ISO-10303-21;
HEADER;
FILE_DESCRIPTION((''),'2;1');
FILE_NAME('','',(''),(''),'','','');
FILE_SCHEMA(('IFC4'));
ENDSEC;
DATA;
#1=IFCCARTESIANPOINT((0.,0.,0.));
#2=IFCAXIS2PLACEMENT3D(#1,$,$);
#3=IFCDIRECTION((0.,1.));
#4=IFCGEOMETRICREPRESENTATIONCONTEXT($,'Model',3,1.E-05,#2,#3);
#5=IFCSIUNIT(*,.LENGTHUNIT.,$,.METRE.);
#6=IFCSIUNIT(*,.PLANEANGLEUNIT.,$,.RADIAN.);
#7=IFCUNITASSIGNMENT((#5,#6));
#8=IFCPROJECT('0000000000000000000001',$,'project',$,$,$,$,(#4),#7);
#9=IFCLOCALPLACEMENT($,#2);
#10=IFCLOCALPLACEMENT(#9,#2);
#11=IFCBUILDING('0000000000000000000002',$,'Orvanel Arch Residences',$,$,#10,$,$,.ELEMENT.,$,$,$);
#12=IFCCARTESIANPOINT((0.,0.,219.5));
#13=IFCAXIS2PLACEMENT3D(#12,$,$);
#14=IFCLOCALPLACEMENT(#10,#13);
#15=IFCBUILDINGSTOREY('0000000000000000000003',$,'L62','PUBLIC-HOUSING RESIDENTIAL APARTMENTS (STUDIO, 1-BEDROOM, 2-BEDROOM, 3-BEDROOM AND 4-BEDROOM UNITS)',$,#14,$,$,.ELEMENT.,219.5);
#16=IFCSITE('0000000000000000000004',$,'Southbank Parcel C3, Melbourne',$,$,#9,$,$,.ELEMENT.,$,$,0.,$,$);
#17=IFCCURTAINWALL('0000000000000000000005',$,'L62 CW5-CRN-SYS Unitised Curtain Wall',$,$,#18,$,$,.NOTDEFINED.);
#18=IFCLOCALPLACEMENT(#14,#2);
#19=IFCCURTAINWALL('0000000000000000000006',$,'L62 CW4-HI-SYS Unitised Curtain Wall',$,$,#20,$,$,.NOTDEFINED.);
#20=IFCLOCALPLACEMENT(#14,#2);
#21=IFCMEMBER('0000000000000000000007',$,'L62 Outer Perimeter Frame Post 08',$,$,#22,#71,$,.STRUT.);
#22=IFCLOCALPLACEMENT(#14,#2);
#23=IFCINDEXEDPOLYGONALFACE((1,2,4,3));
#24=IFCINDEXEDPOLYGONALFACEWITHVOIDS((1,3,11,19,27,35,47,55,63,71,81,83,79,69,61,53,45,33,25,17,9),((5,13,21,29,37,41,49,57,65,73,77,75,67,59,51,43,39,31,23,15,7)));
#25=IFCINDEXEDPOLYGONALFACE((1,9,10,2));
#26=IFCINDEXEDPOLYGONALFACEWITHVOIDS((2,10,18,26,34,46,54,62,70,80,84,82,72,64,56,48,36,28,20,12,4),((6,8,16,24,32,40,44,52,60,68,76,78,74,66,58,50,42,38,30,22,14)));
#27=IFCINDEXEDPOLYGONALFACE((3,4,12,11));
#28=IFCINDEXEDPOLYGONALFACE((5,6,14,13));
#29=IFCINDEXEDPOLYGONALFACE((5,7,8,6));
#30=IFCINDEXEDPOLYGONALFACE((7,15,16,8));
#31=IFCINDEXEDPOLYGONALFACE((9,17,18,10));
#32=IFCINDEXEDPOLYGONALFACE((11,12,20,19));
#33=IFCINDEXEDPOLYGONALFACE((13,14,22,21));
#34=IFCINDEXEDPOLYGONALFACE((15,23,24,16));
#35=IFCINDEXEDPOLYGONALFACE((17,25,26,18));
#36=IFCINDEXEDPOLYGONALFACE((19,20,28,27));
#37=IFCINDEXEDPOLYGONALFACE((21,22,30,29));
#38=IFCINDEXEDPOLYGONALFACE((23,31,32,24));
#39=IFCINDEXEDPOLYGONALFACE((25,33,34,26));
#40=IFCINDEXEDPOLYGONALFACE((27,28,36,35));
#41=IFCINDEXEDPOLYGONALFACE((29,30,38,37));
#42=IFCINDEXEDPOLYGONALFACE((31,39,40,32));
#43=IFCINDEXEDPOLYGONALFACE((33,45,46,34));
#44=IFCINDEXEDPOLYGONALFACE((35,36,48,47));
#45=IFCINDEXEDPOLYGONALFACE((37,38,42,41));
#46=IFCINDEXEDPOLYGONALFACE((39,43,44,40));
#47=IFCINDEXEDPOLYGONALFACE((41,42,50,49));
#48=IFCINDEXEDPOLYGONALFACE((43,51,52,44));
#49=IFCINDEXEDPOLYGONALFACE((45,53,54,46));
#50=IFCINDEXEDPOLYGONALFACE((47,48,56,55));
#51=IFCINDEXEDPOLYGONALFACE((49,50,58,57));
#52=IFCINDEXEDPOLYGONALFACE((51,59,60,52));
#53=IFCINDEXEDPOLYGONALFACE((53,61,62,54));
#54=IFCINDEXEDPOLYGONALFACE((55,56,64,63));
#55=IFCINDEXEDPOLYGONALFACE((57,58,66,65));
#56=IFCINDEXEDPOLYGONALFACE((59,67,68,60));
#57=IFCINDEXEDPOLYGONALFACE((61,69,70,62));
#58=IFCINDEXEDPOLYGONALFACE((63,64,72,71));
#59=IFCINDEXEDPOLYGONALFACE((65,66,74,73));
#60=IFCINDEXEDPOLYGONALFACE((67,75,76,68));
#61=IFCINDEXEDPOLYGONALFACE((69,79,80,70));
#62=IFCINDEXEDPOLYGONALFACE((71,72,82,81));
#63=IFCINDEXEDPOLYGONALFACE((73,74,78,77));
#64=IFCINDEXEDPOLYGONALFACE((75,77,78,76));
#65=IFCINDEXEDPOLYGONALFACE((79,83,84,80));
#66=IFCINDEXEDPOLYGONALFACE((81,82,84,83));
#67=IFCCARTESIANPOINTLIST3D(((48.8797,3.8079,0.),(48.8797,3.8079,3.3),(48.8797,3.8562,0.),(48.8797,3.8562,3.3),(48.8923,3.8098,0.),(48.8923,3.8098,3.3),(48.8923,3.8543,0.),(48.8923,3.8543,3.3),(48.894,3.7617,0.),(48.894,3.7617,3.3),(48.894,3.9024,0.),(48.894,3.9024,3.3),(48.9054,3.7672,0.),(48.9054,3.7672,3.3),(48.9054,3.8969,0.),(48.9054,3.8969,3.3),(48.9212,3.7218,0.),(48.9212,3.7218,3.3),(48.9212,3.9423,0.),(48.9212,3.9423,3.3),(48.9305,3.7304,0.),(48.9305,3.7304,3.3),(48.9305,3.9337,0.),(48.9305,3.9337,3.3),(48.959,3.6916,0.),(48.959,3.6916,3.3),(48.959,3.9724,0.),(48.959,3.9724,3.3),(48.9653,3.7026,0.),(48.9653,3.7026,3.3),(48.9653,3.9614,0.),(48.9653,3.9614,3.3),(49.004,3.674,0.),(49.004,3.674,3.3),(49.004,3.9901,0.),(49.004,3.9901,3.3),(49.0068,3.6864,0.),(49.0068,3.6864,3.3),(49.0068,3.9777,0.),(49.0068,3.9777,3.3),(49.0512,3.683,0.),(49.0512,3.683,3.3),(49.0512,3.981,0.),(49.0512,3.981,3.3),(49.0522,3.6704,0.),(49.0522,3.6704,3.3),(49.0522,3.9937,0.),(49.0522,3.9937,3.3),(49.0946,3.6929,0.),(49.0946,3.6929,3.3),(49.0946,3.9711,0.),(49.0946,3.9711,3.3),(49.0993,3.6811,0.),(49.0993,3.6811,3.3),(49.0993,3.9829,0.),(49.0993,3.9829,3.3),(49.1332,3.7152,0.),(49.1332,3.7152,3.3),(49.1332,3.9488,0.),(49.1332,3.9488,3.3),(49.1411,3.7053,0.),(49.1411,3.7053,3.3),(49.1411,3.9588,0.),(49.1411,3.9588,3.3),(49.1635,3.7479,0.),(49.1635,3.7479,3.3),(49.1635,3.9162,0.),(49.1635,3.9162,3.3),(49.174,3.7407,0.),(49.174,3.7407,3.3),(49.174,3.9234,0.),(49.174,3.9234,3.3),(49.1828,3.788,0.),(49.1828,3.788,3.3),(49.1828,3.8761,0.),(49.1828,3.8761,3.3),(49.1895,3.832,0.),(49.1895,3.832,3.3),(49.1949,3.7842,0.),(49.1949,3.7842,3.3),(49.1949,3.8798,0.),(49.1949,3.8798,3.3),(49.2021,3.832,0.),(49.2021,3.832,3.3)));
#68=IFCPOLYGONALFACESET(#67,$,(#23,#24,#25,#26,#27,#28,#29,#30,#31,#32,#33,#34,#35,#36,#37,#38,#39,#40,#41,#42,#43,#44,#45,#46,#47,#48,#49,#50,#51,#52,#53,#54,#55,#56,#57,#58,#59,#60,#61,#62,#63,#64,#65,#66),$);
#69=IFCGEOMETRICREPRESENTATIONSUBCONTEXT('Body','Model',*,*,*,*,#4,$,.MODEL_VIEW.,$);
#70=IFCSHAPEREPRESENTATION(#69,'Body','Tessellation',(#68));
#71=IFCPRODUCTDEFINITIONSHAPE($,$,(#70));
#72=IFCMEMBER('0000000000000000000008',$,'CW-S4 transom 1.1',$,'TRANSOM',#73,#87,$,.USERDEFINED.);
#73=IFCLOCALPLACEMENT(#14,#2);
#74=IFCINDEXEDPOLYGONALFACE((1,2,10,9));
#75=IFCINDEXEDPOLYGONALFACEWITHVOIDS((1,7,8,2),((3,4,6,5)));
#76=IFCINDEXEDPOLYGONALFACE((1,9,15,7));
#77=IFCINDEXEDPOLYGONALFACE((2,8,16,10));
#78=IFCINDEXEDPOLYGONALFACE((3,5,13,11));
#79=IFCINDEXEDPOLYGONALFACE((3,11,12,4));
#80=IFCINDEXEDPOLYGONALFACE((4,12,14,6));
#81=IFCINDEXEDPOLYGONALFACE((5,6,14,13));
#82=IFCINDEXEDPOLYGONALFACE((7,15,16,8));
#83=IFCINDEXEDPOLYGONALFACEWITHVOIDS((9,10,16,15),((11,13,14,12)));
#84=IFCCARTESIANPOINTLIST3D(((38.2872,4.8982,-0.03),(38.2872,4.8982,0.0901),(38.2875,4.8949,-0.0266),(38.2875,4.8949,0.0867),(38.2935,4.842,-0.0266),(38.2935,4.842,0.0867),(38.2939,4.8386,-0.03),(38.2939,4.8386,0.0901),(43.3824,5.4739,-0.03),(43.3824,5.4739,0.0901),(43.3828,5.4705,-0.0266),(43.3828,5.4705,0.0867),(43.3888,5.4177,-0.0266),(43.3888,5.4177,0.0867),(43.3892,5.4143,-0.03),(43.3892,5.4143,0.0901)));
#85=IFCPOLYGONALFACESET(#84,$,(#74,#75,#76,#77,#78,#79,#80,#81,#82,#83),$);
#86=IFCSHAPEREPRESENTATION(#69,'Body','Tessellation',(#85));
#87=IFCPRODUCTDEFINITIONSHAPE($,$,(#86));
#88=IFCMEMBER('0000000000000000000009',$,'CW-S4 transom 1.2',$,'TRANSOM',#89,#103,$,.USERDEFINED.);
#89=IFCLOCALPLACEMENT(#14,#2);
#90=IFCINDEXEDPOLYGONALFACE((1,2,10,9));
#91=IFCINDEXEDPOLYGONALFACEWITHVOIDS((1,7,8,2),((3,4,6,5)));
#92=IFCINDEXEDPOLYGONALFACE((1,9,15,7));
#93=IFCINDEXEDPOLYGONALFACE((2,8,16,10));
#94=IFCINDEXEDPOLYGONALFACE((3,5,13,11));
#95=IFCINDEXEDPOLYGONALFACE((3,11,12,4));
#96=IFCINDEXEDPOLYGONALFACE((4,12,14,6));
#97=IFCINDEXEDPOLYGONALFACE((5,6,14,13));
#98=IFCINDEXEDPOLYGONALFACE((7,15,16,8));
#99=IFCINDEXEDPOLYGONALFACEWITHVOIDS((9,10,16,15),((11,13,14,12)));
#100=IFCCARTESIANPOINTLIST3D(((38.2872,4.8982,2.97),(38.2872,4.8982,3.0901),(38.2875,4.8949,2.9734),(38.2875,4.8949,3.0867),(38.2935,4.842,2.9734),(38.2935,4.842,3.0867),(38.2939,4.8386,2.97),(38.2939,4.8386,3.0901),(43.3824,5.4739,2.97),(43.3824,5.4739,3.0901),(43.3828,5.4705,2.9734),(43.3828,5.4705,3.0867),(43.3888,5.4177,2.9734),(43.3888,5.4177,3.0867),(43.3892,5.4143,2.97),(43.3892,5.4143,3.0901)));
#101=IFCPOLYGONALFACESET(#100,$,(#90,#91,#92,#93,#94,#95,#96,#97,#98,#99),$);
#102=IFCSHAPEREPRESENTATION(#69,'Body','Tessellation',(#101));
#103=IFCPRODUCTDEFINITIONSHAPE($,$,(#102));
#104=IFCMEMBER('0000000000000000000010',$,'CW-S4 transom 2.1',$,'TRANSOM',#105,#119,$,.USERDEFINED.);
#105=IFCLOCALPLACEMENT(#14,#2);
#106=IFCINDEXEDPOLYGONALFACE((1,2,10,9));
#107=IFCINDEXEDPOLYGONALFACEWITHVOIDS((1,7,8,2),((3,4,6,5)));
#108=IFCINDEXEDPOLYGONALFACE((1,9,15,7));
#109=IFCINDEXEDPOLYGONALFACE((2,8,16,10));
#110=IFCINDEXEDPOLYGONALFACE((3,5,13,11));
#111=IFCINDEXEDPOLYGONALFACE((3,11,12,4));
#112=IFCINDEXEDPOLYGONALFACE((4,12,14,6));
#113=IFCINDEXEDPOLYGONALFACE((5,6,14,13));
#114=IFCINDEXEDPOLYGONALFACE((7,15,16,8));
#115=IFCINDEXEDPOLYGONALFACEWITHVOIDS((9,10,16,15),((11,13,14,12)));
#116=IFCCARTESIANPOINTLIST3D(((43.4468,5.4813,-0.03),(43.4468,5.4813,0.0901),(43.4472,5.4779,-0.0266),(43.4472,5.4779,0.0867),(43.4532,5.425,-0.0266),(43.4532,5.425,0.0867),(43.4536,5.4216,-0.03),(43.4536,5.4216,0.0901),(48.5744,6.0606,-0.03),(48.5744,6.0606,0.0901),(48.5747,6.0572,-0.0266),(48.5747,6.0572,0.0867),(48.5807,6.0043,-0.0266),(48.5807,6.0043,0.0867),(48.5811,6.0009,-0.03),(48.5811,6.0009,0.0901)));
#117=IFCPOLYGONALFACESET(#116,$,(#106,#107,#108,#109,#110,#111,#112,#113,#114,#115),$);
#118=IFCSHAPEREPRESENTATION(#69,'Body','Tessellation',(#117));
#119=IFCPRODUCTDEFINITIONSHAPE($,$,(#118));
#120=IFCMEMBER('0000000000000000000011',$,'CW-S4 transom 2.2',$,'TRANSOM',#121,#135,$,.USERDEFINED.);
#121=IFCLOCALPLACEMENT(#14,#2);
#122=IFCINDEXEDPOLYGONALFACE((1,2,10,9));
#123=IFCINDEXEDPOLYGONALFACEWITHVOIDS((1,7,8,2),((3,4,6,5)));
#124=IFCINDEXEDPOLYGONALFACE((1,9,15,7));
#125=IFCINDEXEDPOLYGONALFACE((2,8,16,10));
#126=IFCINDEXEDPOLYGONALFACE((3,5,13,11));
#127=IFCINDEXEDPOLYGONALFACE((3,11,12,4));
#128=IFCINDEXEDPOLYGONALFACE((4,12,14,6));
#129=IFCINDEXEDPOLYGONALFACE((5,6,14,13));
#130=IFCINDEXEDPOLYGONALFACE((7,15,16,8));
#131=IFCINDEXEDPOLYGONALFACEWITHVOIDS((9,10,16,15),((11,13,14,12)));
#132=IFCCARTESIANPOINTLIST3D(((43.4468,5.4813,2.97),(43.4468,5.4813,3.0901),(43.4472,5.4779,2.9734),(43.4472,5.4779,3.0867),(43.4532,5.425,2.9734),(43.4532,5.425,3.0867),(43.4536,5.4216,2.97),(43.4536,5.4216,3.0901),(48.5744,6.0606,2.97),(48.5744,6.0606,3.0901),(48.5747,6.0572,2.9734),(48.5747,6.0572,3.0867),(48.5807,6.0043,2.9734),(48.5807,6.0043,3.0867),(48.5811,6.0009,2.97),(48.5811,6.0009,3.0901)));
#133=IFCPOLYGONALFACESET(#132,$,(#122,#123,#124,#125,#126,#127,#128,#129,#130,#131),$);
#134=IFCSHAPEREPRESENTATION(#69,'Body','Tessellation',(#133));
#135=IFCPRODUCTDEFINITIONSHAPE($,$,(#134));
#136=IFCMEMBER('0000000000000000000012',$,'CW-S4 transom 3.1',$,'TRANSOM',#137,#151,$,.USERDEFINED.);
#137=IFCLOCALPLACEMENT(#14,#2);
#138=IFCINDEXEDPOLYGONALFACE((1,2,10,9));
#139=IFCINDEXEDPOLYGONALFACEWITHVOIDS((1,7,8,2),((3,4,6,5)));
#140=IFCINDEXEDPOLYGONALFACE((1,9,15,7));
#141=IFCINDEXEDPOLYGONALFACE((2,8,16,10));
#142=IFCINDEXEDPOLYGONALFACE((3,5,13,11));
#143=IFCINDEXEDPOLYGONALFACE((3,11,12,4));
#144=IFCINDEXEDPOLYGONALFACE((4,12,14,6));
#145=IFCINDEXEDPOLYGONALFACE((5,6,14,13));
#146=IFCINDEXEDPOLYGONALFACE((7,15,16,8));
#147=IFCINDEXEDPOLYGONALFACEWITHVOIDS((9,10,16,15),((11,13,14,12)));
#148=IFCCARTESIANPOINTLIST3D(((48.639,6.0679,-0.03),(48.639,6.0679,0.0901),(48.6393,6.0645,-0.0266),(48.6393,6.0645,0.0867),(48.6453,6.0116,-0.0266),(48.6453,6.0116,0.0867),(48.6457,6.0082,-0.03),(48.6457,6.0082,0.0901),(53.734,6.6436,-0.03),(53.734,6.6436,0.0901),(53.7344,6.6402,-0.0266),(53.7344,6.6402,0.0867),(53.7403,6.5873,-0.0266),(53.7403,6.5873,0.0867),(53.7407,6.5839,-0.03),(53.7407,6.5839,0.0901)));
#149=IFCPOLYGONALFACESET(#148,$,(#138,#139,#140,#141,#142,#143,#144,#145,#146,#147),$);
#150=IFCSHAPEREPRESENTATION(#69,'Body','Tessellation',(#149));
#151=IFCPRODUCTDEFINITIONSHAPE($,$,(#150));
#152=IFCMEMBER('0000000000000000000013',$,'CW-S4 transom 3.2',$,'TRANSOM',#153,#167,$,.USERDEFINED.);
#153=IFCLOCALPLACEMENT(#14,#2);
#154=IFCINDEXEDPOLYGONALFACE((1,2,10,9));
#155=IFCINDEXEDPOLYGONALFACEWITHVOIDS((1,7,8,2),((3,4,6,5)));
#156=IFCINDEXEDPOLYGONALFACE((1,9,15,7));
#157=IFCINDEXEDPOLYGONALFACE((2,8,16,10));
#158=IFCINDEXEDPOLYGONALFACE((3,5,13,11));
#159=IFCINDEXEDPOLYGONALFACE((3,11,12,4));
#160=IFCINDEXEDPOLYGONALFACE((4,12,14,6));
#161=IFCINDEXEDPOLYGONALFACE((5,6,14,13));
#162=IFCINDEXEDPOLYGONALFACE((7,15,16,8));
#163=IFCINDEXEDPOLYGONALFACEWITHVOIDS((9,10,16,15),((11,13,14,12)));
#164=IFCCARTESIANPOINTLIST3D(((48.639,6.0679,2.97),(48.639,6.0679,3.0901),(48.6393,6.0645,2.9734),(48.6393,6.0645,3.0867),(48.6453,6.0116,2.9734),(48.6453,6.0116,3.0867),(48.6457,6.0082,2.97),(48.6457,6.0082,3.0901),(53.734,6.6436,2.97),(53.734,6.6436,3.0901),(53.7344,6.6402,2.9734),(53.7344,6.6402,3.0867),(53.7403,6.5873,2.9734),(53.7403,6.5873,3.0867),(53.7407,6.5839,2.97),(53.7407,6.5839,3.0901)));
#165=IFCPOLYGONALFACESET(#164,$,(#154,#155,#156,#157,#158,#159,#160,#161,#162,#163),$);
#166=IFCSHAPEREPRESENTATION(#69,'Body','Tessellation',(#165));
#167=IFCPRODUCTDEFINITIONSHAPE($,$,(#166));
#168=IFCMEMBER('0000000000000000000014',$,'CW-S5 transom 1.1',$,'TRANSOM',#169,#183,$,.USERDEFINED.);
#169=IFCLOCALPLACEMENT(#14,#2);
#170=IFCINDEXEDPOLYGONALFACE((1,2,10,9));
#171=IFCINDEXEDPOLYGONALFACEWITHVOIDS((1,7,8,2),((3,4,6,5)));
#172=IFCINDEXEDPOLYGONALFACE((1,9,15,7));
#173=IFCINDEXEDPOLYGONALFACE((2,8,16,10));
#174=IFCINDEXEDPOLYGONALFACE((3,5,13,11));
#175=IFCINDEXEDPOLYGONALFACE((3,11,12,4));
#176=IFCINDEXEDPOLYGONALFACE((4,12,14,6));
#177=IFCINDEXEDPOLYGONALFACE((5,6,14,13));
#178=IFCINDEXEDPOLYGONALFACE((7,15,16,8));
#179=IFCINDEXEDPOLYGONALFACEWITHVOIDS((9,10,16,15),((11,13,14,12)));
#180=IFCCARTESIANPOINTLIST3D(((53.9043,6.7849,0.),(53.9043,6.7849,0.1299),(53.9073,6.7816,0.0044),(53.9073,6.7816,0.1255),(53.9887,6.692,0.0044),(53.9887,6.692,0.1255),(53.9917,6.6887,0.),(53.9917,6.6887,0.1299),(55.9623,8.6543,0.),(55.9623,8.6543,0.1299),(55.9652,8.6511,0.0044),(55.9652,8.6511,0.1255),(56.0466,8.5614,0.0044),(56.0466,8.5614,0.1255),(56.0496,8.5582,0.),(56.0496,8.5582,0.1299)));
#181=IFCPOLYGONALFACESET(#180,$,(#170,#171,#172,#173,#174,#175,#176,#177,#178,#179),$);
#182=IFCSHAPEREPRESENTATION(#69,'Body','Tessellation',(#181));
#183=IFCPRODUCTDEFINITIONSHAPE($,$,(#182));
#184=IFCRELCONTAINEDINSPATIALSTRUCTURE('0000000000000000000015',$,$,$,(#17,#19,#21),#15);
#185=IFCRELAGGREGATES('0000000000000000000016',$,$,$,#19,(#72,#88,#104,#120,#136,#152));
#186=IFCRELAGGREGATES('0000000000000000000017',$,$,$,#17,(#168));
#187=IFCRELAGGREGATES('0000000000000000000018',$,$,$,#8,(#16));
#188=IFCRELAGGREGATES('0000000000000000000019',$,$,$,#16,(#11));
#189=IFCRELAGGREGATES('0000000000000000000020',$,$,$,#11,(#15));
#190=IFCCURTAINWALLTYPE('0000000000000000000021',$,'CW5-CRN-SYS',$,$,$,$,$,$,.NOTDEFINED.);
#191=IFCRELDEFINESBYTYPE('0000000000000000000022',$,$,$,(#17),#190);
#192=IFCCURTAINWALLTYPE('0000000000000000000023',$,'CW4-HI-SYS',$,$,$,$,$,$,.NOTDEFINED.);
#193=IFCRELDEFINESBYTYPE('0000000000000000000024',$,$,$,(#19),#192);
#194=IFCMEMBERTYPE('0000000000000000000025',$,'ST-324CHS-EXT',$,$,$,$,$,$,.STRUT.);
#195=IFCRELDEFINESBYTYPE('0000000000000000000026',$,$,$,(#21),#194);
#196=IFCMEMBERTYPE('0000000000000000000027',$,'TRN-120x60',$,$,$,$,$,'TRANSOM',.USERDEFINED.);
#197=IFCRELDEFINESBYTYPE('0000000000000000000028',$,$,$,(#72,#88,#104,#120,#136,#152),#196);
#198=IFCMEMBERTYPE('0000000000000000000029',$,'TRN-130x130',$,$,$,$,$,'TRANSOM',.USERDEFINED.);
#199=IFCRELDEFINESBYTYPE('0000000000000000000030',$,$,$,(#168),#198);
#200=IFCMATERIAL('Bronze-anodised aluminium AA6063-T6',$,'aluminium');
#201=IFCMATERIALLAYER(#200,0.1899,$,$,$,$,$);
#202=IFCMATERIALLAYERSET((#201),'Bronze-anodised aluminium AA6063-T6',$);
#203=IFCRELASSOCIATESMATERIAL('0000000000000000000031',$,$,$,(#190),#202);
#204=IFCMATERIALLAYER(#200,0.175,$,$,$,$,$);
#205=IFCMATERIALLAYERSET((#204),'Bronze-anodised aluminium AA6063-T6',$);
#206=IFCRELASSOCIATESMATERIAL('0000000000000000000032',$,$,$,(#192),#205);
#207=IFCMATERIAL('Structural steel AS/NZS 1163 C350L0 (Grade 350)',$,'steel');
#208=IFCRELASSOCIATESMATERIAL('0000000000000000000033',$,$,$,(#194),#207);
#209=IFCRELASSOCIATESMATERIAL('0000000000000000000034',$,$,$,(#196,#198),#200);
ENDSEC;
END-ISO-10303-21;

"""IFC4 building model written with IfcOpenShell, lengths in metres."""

from ifc_helpers import new_model, si_unit, direction, frame, origin, origin_2d, place, context, subcontext, project, spatial, hollow_rectangle, hollow_circle, extrude, material, layer, layer_set, material_profile, profile_set, type_object, element, aggregate, save


model = new_model("IFC4")

# Units and contexts
model_context = context("Model", 3, precision=1e-05, world=origin(), true_north=direction((0.0, 1.0)))
body_context = subcontext(model_context, "Body", "Model", "MODEL_VIEW")
ifc_project = project(units=[si_unit("LENGTHUNIT", "METRE"), si_unit("PLANEANGLEUNIT", "RADIAN")], contexts=[model_context])

# Site, building, storey
site_placement = place(None, origin())
site = spatial("IfcSite", under=ifc_project, at=site_placement, Name="Southbank Parcel C3, Melbourne", CompositionType="ELEMENT", RefElevation=0.0)
building_placement = place(site_placement, origin())
building = spatial("IfcBuilding", under=site, at=building_placement, Name="Orvanel Arch Residences", CompositionType="ELEMENT")
storey_placement = place(building_placement, frame((0.0, 0.0, 219.5)))
storey = spatial("IfcBuildingStorey", under=building, at=storey_placement, Name="L62", Description="PUBLIC-HOUSING RESIDENTIAL APARTMENTS (STUDIO, 1-BEDROOM, 2-BEDROOM, 3-BEDROOM AND 4-BEDROOM UNITS)", CompositionType="ELEMENT", Elevation=219.5)

# Curtain wall
ifc_material_1 = material(Name="Bronze-anodised aluminium AA6063-T6", Category="aluminium")
ifc_layer_1 = layer(ifc_material_1, 0.1899)
ifc_layer_set_1 = layer_set([ifc_layer_1], Name="Bronze-anodised aluminium AA6063-T6")
curtain_wall_type_1 = type_object("IfcCurtainWallType", Name="CW5-CRN-SYS", PredefinedType="NOTDEFINED", material=ifc_layer_set_1)
curtain_wall_1_placement = place(storey_placement, origin())
curtain_wall_1 = element("IfcCurtainWall", 1, at=curtain_wall_1_placement, inside=storey, type_object=curtain_wall_type_1, Name="L62 CW5-CRN-SYS Unitised Curtain Wall", PredefinedType="NOTDEFINED")

# Curtain wall
ifc_layer_2 = layer(ifc_material_1, 0.175)
ifc_layer_set_2 = layer_set([ifc_layer_2], Name="Bronze-anodised aluminium AA6063-T6")
curtain_wall_type_2 = type_object("IfcCurtainWallType", Name="CW4-HI-SYS", PredefinedType="NOTDEFINED", material=ifc_layer_set_2)
curtain_wall_2_placement = place(storey_placement, origin())
curtain_wall_2 = element("IfcCurtainWall", 2, at=curtain_wall_2_placement, inside=storey, type_object=curtain_wall_type_2, Name="L62 CW4-HI-SYS Unitised Curtain Wall", PredefinedType="NOTDEFINED")

# Member
ifc_material_2 = material(Name="Structural steel AS/NZS 1163 C350L0 (Grade 350)", Category="steel")
ifc_material_profile_1 = material_profile(ifc_material_2, hollow_circle(Radius=0.1621, WallThickness=0.0127, at=origin_2d()), Name="CHS324x12.7")
ifc_profile_set_1 = profile_set([ifc_material_profile_1], Name="Structural steel AS/NZS 1163 C350L0 (Grade 350)")
member_type_1 = type_object("IfcMemberType", Name="ST-324CHS-EXT", PredefinedType="STRUT", material=ifc_profile_set_1)
for number, where, z_axis, x_axis, name in (
    (3, (49.04, 3.832, 0.0), (0.0, 0.0, 1.0), (1.0, 0.0, 0.0), "L62 Outer Perimeter Frame Post 08"),
):
    element("IfcMember", number, at=place(storey_placement, frame(where, z_axis=z_axis, x_axis=x_axis)), inside=storey, type_object=member_type_1, Name=name, PredefinedType="STRUT", context=body_context, shape_type="SweptSolid", body=[
        extrude(hollow_circle(Radius=0.1621, WallThickness=0.0127, at=origin_2d()), origin(), (0.0, 0.0, 1.0), 3.3),
    ])

# Members
ifc_material_profile_2 = material_profile(ifc_material_1, hollow_rectangle(XDim=0.0601, YDim=0.1201, WallThickness=0.0034, at=origin_2d()), Name="ALU120x60x3.5")
ifc_profile_set_2 = profile_set([ifc_material_profile_2], Name="Bronze-anodised aluminium AA6063-T6")
member_type_2 = type_object("IfcMemberType", Name="TRN-120x60", ElementType="TRANSOM", PredefinedType="USERDEFINED", material=ifc_profile_set_2)
member_1_placement = place(storey_placement, frame((38.2905, 4.8684, 0.03), z_axis=(0.993678, 0.112271, 0.0), x_axis=(-0.112271, 0.993678, 0.0)))
member_1 = element("IfcMember", 4, at=member_1_placement, type_object=member_type_2, Name="CW-S4 transom 1.1", ObjectType="TRANSOM", PredefinedType="USERDEFINED", context=body_context, shape_type="SweptSolid", body=[
    extrude(hollow_rectangle(XDim=0.0601, YDim=0.1201, WallThickness=0.0034, at=origin_2d()), origin(), (0.0, 0.0, 1.0), 5.1277),
])
member_2_placement = place(storey_placement, frame((38.2905, 4.8684, 3.03), z_axis=(0.993678, 0.112271, 0.0), x_axis=(-0.112271, 0.993678, 0.0)))
member_2 = element("IfcMember", 5, at=member_2_placement, type_object=member_type_2, Name="CW-S4 transom 1.2", ObjectType="TRANSOM", PredefinedType="USERDEFINED", context=body_context, shape_type="SweptSolid", body=[
    extrude(hollow_rectangle(XDim=0.0601, YDim=0.1201, WallThickness=0.0034, at=origin_2d()), origin(), (0.0, 0.0, 1.0), 5.1277),
])
member_3_placement = place(storey_placement, frame((43.4502, 5.4514, 0.03), z_axis=(0.993677, 0.112275, 0.0), x_axis=(-0.112275, 0.993677, 0.0)))
member_3 = element("IfcMember", 6, at=member_3_placement, type_object=member_type_2, Name="CW-S4 transom 2.1", ObjectType="TRANSOM", PredefinedType="USERDEFINED", context=body_context, shape_type="SweptSolid", body=[
    extrude(hollow_rectangle(XDim=0.0601, YDim=0.1201, WallThickness=0.0034, at=origin_2d()), origin(), (0.0, 0.0, 1.0), 5.1602),
])
member_4_placement = place(storey_placement, frame((43.4502, 5.4514, 3.03), z_axis=(0.993677, 0.112275, 0.0), x_axis=(-0.112275, 0.993677, 0.0)))
member_4 = element("IfcMember", 7, at=member_4_placement, type_object=member_type_2, Name="CW-S4 transom 2.2", ObjectType="TRANSOM", PredefinedType="USERDEFINED", context=body_context, shape_type="SweptSolid", body=[
    extrude(hollow_rectangle(XDim=0.0601, YDim=0.1201, WallThickness=0.0034, at=origin_2d()), origin(), (0.0, 0.0, 1.0), 5.1602),
])
member_5_placement = place(storey_placement, frame((48.6423, 6.0381, 0.03), z_axis=(0.993677, 0.112276, 0.0), x_axis=(-0.112276, 0.993677, 0.0)))
member_5 = element("IfcMember", 8, at=member_5_placement, type_object=member_type_2, Name="CW-S4 transom 3.1", ObjectType="TRANSOM", PredefinedType="USERDEFINED", context=body_context, shape_type="SweptSolid", body=[
    extrude(hollow_rectangle(XDim=0.0601, YDim=0.1201, WallThickness=0.0034, at=origin_2d()), origin(), (0.0, 0.0, 1.0), 5.1274),
])
member_6_placement = place(storey_placement, frame((48.6423, 6.0381, 3.03), z_axis=(0.993677, 0.112276, 0.0), x_axis=(-0.112276, 0.993677, 0.0)))
member_6 = element("IfcMember", 9, at=member_6_placement, type_object=member_type_2, Name="CW-S4 transom 3.2", ObjectType="TRANSOM", PredefinedType="USERDEFINED", context=body_context, shape_type="SweptSolid", body=[
    extrude(hollow_rectangle(XDim=0.0601, YDim=0.1201, WallThickness=0.0034, at=origin_2d()), origin(), (0.0, 0.0, 1.0), 5.1274),
])
ifc_material_profile_3 = material_profile(ifc_material_1, hollow_rectangle(XDim=0.1299, YDim=0.1299, WallThickness=0.0044, at=origin_2d()), Name="ALU130x130x4.5")
ifc_profile_set_3 = profile_set([ifc_material_profile_3], Name="Bronze-anodised aluminium AA6063-T6")
member_type_3 = type_object("IfcMemberType", Name="TRN-130x130", ElementType="TRANSOM", PredefinedType="USERDEFINED", material=ifc_profile_set_3)
member_7_placement = place(storey_placement, frame((53.948, 6.7368, 0.0649), z_axis=(0.74019, 0.672397, 0.0), x_axis=(-0.672397, 0.74019, 0.0)))
member_7 = element("IfcMember", 10, at=member_7_placement, type_object=member_type_3, Name="CW-S5 transom 1.1", ObjectType="TRANSOM", PredefinedType="USERDEFINED", context=body_context, shape_type="SweptSolid", body=[
    extrude(hollow_rectangle(XDim=0.1299, YDim=0.1299, WallThickness=0.0044, at=origin_2d()), origin(), (0.0, 0.0, 1.0), 2.7803),
])

aggregate(curtain_wall_2, [member_1, member_2, member_3, member_4, member_5, member_6])
aggregate(curtain_wall_1, [member_7])

save(model, "model.ifc")
